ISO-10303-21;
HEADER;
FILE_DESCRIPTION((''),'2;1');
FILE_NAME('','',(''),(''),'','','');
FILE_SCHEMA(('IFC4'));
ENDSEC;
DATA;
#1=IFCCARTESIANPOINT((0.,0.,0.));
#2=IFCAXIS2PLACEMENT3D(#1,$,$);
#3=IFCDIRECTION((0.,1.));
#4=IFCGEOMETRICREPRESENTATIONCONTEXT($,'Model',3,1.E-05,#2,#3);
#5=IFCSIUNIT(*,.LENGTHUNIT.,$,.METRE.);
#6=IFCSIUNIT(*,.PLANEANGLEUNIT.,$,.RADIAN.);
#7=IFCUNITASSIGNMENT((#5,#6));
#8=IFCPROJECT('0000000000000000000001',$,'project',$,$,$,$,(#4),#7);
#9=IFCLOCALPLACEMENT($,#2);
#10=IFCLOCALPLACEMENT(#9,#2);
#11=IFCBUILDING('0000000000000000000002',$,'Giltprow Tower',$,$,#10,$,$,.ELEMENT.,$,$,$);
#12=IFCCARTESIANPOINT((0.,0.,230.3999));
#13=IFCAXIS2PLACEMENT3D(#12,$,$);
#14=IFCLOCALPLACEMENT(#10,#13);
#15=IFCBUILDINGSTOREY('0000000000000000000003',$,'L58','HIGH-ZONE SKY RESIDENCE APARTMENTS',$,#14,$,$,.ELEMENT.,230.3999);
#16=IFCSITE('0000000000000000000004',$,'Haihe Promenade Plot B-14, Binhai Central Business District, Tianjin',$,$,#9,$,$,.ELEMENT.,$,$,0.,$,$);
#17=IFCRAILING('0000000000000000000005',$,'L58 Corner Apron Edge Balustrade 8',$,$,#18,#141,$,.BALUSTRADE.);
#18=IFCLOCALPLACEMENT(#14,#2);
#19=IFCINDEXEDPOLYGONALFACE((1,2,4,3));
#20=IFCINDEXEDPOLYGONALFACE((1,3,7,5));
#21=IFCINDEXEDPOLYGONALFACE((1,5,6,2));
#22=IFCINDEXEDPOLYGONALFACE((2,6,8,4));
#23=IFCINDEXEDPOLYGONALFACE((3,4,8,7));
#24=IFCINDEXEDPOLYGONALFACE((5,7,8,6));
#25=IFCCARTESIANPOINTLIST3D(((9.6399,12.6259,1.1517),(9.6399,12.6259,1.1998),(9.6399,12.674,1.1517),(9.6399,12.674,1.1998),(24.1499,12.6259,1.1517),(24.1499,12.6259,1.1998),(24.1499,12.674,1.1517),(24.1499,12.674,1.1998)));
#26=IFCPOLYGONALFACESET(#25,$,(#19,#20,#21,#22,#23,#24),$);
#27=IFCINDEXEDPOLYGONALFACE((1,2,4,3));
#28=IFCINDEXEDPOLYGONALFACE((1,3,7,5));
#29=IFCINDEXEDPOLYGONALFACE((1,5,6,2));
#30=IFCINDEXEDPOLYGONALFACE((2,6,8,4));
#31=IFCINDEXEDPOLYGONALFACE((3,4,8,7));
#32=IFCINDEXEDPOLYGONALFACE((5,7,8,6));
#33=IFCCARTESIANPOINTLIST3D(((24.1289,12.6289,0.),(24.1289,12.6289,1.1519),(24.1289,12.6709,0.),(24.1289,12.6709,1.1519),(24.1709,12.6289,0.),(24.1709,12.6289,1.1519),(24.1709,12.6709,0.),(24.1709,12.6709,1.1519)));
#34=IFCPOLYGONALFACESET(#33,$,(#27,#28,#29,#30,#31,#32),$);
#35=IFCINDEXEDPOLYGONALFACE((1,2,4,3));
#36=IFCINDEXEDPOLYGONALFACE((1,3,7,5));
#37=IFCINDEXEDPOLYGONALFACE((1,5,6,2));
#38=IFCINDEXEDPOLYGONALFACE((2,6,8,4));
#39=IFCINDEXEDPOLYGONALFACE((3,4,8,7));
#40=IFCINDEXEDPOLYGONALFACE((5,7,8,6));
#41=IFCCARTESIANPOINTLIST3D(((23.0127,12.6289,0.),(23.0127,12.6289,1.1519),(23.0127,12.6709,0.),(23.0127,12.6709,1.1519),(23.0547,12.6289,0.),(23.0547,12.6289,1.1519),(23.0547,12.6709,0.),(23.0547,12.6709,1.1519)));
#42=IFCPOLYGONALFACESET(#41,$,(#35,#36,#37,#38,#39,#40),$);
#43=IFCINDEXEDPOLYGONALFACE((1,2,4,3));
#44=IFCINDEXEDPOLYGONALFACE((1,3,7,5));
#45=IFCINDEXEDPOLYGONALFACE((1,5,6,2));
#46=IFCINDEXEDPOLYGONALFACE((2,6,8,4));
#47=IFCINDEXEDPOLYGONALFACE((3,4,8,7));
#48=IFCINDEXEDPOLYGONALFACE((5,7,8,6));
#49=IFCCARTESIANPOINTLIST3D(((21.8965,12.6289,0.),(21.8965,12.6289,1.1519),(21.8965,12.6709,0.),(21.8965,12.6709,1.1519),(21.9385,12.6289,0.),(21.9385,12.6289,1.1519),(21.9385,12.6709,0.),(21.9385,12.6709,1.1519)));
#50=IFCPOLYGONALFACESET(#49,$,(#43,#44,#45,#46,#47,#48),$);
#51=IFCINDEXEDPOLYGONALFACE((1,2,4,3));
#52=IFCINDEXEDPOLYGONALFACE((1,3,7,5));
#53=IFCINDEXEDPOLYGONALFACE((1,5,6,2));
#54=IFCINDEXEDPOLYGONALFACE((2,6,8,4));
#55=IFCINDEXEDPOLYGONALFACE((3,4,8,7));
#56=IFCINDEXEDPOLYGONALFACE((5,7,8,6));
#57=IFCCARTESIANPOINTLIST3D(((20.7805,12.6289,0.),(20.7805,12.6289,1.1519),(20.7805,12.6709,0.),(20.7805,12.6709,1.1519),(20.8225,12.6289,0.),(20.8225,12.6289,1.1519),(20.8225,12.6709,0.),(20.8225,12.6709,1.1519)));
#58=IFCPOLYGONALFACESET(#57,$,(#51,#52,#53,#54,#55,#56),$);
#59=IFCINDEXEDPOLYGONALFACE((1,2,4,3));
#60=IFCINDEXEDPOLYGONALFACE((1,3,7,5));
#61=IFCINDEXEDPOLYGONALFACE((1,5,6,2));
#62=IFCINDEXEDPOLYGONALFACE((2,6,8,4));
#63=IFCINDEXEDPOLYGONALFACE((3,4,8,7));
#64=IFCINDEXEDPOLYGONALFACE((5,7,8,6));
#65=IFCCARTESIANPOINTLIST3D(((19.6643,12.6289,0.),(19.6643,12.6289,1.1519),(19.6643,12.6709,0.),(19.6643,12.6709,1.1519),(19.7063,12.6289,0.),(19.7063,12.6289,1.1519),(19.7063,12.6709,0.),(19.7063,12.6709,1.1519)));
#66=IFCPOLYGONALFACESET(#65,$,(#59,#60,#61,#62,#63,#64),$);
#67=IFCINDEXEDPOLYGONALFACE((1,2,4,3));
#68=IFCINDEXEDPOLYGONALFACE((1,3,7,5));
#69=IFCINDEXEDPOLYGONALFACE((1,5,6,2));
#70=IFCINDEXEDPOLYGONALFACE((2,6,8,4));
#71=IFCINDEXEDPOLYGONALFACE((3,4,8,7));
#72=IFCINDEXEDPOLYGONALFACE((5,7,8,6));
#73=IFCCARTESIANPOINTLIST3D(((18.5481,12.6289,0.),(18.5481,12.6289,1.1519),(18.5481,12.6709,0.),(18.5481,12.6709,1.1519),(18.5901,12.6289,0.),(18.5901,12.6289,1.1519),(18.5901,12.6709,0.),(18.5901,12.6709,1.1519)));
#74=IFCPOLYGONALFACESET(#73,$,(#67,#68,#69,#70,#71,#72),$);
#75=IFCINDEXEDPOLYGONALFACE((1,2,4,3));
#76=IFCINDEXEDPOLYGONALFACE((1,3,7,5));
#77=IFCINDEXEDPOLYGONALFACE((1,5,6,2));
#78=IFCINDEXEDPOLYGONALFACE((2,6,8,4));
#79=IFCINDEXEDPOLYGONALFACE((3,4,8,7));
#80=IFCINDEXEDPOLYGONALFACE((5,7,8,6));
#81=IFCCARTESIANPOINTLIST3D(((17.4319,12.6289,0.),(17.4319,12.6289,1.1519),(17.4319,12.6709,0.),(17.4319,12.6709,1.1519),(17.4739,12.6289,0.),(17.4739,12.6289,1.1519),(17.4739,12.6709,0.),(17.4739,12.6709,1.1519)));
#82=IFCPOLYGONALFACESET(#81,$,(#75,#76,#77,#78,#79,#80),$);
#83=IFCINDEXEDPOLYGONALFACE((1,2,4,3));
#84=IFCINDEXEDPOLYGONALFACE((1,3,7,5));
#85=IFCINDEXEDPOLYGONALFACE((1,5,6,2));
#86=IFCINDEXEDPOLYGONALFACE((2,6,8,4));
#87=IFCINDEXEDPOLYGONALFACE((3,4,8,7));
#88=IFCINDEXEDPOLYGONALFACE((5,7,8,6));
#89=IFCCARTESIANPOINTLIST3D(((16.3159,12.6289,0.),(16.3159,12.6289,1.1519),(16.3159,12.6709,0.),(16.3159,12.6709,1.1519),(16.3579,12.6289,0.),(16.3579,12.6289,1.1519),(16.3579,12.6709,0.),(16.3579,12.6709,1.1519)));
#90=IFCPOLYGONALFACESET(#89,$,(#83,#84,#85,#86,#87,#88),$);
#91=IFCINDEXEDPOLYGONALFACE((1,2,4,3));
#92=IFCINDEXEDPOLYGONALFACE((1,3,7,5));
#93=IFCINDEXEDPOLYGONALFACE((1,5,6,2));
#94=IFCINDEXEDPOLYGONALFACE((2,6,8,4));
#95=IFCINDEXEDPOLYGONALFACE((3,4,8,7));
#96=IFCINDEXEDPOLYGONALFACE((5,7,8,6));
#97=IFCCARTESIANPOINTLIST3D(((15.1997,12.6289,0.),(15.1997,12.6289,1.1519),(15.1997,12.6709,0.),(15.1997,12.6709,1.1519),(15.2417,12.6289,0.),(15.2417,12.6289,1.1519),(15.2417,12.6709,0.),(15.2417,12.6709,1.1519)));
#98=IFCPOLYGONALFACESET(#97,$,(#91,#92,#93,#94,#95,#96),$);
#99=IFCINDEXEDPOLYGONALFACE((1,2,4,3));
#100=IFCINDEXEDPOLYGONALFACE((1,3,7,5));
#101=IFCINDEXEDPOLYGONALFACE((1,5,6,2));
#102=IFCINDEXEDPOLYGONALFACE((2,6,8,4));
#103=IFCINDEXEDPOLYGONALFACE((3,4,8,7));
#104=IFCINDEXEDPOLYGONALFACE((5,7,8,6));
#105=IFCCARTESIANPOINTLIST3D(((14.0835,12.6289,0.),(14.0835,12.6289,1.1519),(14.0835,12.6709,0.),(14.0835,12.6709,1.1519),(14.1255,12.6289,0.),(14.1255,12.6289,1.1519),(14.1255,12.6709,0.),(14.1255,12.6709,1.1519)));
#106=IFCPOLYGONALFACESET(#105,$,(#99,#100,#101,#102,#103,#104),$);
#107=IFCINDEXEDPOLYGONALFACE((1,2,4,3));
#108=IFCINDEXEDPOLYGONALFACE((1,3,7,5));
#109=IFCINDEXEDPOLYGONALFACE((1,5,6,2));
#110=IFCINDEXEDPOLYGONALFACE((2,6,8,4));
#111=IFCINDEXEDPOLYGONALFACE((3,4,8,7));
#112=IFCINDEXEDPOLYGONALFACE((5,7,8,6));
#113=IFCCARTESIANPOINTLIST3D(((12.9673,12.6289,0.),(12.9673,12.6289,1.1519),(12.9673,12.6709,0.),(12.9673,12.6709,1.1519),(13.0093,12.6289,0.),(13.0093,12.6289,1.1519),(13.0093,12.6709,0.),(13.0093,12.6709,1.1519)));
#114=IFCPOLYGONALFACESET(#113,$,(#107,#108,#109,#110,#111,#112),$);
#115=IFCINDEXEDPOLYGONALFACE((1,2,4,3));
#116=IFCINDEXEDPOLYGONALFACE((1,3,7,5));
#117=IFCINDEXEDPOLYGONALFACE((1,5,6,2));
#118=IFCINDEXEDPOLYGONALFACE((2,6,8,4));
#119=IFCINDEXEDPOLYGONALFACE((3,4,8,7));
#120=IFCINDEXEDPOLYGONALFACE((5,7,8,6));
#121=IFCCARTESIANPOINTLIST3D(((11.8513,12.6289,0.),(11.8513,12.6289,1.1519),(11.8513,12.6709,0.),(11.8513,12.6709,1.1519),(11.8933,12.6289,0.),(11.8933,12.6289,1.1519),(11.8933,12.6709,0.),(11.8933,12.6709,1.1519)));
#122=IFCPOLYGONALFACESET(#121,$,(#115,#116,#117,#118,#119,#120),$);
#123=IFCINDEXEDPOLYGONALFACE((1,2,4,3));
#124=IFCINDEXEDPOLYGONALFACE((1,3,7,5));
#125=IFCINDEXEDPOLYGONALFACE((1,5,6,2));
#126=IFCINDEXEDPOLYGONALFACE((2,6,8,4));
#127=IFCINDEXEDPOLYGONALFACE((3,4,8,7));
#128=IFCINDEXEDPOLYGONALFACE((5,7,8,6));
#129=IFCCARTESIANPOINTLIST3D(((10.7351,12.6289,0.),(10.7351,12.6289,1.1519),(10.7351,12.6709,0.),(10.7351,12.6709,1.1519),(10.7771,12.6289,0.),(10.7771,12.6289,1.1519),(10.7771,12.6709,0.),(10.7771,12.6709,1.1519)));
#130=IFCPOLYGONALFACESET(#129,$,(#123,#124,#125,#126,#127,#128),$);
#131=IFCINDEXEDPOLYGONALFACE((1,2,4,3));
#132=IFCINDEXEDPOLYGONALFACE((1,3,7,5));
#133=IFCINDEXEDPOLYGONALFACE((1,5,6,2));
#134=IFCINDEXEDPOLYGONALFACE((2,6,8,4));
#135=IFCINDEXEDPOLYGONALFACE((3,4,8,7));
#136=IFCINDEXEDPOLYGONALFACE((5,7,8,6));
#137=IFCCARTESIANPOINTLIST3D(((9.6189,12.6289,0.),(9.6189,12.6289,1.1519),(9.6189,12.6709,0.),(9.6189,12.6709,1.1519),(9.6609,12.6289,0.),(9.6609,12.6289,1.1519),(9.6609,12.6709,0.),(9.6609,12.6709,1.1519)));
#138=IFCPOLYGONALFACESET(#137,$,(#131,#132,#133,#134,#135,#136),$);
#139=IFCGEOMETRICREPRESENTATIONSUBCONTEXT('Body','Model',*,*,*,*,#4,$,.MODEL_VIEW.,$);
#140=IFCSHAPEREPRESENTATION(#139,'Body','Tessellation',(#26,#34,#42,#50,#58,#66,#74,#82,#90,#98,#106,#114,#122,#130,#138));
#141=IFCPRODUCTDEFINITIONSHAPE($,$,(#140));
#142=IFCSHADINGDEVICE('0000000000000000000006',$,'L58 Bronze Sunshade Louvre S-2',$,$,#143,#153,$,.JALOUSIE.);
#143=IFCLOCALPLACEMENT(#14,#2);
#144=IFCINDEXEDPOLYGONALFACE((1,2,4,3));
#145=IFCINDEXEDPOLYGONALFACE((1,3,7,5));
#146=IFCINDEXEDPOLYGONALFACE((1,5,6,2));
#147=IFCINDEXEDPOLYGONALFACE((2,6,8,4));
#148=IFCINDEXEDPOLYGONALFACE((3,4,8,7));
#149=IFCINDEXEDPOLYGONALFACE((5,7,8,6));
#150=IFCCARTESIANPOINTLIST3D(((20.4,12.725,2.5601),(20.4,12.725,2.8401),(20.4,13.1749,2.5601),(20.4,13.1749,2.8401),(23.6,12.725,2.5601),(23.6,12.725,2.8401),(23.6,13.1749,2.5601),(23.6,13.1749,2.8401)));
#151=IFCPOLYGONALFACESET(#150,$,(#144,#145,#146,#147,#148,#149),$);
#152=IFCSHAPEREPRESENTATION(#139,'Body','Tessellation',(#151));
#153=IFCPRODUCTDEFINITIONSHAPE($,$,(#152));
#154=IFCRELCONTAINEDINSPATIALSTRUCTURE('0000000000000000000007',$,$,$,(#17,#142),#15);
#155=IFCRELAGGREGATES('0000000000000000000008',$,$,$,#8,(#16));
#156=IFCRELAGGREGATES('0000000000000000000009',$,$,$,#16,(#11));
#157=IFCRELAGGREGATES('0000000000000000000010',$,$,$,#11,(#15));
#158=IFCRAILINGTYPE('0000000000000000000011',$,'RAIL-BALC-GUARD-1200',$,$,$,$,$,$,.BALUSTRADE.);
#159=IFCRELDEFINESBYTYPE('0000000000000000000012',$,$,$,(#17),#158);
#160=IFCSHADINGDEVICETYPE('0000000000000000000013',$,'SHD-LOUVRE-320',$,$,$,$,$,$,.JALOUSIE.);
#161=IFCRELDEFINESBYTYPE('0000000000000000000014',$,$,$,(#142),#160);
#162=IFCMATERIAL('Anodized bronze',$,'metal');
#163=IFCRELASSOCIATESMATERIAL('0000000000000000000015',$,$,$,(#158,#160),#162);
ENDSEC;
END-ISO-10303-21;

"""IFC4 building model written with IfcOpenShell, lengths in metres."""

from ifc_helpers import new_model, si_unit, direction, frame, origin, origin_2d, place, context, subcontext, project, spatial, rectangle, extrude, source, transform, mapped, material, type_object, element, save


model = new_model("IFC4")

# Units and contexts
model_context = context("Model", 3, precision=1e-05, world=origin(), true_north=direction((0.0, 1.0)))
body_context = subcontext(model_context, "Body", "Model", "MODEL_VIEW")
ifc_project = project(units=[si_unit("LENGTHUNIT", "METRE"), si_unit("PLANEANGLEUNIT", "RADIAN")], contexts=[model_context])

# Site, building, storey
site_placement = place(None, origin())
site = spatial("IfcSite", under=ifc_project, at=site_placement, Name="Haihe Promenade Plot B-14, Binhai Central Business District, Tianjin", CompositionType="ELEMENT", RefElevation=0.0)
building_placement = place(site_placement, origin())
building = spatial("IfcBuilding", under=site, at=building_placement, Name="Giltprow Tower", CompositionType="ELEMENT")
storey_placement = place(building_placement, frame((0.0, 0.0, 230.3999)))
storey = spatial("IfcBuildingStorey", under=building, at=storey_placement, Name="L58", Description="HIGH-ZONE SKY RESIDENCE APARTMENTS", CompositionType="ELEMENT", Elevation=230.3999)

# Shared definitions
ifc_material_1 = material(Name="Anodized bronze", Category="metal")

# Railing
railing_type = type_object("IfcRailingType", Name="RAIL-BALC-GUARD-1200", PredefinedType="BALUSTRADE", material=ifc_material_1)
railing_1_placement = place(storey_placement, frame((24.1499, 12.6499, 0.0)))
element("IfcRailing", 1, at=railing_1_placement, inside=storey, type_object=railing_type, Name="L58 Corner Apron Edge Balustrade 8", PredefinedType="BALUSTRADE", context=body_context, shape_type="SweptSolid", body=[
    extrude(rectangle(XDim=0.0481, YDim=0.0481, at=origin_2d()), frame((0.0, 0.0, 1.1758), z_axis=(-1.0, 0.0, 0.0), x_axis=(0.0, -1.0, 0.0)), (0.0, 0.0, 1.0), 14.51),
    extrude(rectangle(XDim=0.042, YDim=0.042, at=origin_2d()), origin(), (0.0, 0.0, 1.0), 1.1519),
    extrude(rectangle(XDim=0.042, YDim=0.042, at=origin_2d()), frame((-1.1162, 0.0, 0.0)), (0.0, 0.0, 1.0), 1.1519),
    extrude(rectangle(XDim=0.042, YDim=0.042, at=origin_2d()), frame((-2.2324, 0.0, 0.0)), (0.0, 0.0, 1.0), 1.1519),
    extrude(rectangle(XDim=0.042, YDim=0.042, at=origin_2d()), frame((-3.3484, 0.0, 0.0)), (0.0, 0.0, 1.0), 1.1519),
    extrude(rectangle(XDim=0.042, YDim=0.042, at=origin_2d()), frame((-4.4646, 0.0, 0.0)), (0.0, 0.0, 1.0), 1.1519),
    extrude(rectangle(XDim=0.042, YDim=0.042, at=origin_2d()), frame((-5.5808, 0.0, 0.0)), (0.0, 0.0, 1.0), 1.1519),
    extrude(rectangle(XDim=0.042, YDim=0.042, at=origin_2d()), frame((-6.697, 0.0, 0.0)), (0.0, 0.0, 1.0), 1.1519),
    extrude(rectangle(XDim=0.042, YDim=0.042, at=origin_2d()), frame((-7.813, 0.0, 0.0)), (0.0, 0.0, 1.0), 1.1519),
    extrude(rectangle(XDim=0.042, YDim=0.042, at=origin_2d()), frame((-8.9292, 0.0, 0.0)), (0.0, 0.0, 1.0), 1.1519),
    extrude(rectangle(XDim=0.042, YDim=0.042, at=origin_2d()), frame((-10.0454, 0.0, 0.0)), (0.0, 0.0, 1.0), 1.1519),
    extrude(rectangle(XDim=0.042, YDim=0.042, at=origin_2d()), frame((-11.1616, 0.0, 0.0)), (0.0, 0.0, 1.0), 1.1519),
    extrude(rectangle(XDim=0.042, YDim=0.042, at=origin_2d()), frame((-12.2776, 0.0, 0.0)), (0.0, 0.0, 1.0), 1.1519),
    extrude(rectangle(XDim=0.042, YDim=0.042, at=origin_2d()), frame((-13.3938, 0.0, 0.0)), (0.0, 0.0, 1.0), 1.1519),
    extrude(rectangle(XDim=0.042, YDim=0.042, at=origin_2d()), frame((-14.51, 0.0, 0.0)), (0.0, 0.0, 1.0), 1.1519),
])

# Shading device
shading_device_type = type_object("IfcShadingDeviceType", Name="SHD-LOUVRE-320", PredefinedType="JALOUSIE", material=ifc_material_1)
shared_shape_1 = source(origin(), body_context, "Body", "SweptSolid", [
    extrude(rectangle(XDim=3.2, YDim=0.45, at=origin_2d()), origin(), (0.0, 0.0, 1.0), 0.28),
])
shading_device_placement = place(storey_placement, frame((22.0, 12.95, 2.5601), z_axis=(0.0, 0.0, 1.0), x_axis=(1.0, 0.0, 0.0)))
element("IfcShadingDevice", 2, at=shading_device_placement, inside=storey, type_object=shading_device_type, Name="L58 Bronze Sunshade Louvre S-2", PredefinedType="JALOUSIE", context=body_context, shape_type="MappedRepresentation", body=[
    mapped(shared_shape_1, transform((0.0, 0.0, 0.0), x_axis=(1.0, 0.0, 0.0), y_axis=(0.0, 1.0, 0.0), z_axis=(0.0, 0.0, 1.0), scale=1.0)),
])

save(model, "model.ifc")
